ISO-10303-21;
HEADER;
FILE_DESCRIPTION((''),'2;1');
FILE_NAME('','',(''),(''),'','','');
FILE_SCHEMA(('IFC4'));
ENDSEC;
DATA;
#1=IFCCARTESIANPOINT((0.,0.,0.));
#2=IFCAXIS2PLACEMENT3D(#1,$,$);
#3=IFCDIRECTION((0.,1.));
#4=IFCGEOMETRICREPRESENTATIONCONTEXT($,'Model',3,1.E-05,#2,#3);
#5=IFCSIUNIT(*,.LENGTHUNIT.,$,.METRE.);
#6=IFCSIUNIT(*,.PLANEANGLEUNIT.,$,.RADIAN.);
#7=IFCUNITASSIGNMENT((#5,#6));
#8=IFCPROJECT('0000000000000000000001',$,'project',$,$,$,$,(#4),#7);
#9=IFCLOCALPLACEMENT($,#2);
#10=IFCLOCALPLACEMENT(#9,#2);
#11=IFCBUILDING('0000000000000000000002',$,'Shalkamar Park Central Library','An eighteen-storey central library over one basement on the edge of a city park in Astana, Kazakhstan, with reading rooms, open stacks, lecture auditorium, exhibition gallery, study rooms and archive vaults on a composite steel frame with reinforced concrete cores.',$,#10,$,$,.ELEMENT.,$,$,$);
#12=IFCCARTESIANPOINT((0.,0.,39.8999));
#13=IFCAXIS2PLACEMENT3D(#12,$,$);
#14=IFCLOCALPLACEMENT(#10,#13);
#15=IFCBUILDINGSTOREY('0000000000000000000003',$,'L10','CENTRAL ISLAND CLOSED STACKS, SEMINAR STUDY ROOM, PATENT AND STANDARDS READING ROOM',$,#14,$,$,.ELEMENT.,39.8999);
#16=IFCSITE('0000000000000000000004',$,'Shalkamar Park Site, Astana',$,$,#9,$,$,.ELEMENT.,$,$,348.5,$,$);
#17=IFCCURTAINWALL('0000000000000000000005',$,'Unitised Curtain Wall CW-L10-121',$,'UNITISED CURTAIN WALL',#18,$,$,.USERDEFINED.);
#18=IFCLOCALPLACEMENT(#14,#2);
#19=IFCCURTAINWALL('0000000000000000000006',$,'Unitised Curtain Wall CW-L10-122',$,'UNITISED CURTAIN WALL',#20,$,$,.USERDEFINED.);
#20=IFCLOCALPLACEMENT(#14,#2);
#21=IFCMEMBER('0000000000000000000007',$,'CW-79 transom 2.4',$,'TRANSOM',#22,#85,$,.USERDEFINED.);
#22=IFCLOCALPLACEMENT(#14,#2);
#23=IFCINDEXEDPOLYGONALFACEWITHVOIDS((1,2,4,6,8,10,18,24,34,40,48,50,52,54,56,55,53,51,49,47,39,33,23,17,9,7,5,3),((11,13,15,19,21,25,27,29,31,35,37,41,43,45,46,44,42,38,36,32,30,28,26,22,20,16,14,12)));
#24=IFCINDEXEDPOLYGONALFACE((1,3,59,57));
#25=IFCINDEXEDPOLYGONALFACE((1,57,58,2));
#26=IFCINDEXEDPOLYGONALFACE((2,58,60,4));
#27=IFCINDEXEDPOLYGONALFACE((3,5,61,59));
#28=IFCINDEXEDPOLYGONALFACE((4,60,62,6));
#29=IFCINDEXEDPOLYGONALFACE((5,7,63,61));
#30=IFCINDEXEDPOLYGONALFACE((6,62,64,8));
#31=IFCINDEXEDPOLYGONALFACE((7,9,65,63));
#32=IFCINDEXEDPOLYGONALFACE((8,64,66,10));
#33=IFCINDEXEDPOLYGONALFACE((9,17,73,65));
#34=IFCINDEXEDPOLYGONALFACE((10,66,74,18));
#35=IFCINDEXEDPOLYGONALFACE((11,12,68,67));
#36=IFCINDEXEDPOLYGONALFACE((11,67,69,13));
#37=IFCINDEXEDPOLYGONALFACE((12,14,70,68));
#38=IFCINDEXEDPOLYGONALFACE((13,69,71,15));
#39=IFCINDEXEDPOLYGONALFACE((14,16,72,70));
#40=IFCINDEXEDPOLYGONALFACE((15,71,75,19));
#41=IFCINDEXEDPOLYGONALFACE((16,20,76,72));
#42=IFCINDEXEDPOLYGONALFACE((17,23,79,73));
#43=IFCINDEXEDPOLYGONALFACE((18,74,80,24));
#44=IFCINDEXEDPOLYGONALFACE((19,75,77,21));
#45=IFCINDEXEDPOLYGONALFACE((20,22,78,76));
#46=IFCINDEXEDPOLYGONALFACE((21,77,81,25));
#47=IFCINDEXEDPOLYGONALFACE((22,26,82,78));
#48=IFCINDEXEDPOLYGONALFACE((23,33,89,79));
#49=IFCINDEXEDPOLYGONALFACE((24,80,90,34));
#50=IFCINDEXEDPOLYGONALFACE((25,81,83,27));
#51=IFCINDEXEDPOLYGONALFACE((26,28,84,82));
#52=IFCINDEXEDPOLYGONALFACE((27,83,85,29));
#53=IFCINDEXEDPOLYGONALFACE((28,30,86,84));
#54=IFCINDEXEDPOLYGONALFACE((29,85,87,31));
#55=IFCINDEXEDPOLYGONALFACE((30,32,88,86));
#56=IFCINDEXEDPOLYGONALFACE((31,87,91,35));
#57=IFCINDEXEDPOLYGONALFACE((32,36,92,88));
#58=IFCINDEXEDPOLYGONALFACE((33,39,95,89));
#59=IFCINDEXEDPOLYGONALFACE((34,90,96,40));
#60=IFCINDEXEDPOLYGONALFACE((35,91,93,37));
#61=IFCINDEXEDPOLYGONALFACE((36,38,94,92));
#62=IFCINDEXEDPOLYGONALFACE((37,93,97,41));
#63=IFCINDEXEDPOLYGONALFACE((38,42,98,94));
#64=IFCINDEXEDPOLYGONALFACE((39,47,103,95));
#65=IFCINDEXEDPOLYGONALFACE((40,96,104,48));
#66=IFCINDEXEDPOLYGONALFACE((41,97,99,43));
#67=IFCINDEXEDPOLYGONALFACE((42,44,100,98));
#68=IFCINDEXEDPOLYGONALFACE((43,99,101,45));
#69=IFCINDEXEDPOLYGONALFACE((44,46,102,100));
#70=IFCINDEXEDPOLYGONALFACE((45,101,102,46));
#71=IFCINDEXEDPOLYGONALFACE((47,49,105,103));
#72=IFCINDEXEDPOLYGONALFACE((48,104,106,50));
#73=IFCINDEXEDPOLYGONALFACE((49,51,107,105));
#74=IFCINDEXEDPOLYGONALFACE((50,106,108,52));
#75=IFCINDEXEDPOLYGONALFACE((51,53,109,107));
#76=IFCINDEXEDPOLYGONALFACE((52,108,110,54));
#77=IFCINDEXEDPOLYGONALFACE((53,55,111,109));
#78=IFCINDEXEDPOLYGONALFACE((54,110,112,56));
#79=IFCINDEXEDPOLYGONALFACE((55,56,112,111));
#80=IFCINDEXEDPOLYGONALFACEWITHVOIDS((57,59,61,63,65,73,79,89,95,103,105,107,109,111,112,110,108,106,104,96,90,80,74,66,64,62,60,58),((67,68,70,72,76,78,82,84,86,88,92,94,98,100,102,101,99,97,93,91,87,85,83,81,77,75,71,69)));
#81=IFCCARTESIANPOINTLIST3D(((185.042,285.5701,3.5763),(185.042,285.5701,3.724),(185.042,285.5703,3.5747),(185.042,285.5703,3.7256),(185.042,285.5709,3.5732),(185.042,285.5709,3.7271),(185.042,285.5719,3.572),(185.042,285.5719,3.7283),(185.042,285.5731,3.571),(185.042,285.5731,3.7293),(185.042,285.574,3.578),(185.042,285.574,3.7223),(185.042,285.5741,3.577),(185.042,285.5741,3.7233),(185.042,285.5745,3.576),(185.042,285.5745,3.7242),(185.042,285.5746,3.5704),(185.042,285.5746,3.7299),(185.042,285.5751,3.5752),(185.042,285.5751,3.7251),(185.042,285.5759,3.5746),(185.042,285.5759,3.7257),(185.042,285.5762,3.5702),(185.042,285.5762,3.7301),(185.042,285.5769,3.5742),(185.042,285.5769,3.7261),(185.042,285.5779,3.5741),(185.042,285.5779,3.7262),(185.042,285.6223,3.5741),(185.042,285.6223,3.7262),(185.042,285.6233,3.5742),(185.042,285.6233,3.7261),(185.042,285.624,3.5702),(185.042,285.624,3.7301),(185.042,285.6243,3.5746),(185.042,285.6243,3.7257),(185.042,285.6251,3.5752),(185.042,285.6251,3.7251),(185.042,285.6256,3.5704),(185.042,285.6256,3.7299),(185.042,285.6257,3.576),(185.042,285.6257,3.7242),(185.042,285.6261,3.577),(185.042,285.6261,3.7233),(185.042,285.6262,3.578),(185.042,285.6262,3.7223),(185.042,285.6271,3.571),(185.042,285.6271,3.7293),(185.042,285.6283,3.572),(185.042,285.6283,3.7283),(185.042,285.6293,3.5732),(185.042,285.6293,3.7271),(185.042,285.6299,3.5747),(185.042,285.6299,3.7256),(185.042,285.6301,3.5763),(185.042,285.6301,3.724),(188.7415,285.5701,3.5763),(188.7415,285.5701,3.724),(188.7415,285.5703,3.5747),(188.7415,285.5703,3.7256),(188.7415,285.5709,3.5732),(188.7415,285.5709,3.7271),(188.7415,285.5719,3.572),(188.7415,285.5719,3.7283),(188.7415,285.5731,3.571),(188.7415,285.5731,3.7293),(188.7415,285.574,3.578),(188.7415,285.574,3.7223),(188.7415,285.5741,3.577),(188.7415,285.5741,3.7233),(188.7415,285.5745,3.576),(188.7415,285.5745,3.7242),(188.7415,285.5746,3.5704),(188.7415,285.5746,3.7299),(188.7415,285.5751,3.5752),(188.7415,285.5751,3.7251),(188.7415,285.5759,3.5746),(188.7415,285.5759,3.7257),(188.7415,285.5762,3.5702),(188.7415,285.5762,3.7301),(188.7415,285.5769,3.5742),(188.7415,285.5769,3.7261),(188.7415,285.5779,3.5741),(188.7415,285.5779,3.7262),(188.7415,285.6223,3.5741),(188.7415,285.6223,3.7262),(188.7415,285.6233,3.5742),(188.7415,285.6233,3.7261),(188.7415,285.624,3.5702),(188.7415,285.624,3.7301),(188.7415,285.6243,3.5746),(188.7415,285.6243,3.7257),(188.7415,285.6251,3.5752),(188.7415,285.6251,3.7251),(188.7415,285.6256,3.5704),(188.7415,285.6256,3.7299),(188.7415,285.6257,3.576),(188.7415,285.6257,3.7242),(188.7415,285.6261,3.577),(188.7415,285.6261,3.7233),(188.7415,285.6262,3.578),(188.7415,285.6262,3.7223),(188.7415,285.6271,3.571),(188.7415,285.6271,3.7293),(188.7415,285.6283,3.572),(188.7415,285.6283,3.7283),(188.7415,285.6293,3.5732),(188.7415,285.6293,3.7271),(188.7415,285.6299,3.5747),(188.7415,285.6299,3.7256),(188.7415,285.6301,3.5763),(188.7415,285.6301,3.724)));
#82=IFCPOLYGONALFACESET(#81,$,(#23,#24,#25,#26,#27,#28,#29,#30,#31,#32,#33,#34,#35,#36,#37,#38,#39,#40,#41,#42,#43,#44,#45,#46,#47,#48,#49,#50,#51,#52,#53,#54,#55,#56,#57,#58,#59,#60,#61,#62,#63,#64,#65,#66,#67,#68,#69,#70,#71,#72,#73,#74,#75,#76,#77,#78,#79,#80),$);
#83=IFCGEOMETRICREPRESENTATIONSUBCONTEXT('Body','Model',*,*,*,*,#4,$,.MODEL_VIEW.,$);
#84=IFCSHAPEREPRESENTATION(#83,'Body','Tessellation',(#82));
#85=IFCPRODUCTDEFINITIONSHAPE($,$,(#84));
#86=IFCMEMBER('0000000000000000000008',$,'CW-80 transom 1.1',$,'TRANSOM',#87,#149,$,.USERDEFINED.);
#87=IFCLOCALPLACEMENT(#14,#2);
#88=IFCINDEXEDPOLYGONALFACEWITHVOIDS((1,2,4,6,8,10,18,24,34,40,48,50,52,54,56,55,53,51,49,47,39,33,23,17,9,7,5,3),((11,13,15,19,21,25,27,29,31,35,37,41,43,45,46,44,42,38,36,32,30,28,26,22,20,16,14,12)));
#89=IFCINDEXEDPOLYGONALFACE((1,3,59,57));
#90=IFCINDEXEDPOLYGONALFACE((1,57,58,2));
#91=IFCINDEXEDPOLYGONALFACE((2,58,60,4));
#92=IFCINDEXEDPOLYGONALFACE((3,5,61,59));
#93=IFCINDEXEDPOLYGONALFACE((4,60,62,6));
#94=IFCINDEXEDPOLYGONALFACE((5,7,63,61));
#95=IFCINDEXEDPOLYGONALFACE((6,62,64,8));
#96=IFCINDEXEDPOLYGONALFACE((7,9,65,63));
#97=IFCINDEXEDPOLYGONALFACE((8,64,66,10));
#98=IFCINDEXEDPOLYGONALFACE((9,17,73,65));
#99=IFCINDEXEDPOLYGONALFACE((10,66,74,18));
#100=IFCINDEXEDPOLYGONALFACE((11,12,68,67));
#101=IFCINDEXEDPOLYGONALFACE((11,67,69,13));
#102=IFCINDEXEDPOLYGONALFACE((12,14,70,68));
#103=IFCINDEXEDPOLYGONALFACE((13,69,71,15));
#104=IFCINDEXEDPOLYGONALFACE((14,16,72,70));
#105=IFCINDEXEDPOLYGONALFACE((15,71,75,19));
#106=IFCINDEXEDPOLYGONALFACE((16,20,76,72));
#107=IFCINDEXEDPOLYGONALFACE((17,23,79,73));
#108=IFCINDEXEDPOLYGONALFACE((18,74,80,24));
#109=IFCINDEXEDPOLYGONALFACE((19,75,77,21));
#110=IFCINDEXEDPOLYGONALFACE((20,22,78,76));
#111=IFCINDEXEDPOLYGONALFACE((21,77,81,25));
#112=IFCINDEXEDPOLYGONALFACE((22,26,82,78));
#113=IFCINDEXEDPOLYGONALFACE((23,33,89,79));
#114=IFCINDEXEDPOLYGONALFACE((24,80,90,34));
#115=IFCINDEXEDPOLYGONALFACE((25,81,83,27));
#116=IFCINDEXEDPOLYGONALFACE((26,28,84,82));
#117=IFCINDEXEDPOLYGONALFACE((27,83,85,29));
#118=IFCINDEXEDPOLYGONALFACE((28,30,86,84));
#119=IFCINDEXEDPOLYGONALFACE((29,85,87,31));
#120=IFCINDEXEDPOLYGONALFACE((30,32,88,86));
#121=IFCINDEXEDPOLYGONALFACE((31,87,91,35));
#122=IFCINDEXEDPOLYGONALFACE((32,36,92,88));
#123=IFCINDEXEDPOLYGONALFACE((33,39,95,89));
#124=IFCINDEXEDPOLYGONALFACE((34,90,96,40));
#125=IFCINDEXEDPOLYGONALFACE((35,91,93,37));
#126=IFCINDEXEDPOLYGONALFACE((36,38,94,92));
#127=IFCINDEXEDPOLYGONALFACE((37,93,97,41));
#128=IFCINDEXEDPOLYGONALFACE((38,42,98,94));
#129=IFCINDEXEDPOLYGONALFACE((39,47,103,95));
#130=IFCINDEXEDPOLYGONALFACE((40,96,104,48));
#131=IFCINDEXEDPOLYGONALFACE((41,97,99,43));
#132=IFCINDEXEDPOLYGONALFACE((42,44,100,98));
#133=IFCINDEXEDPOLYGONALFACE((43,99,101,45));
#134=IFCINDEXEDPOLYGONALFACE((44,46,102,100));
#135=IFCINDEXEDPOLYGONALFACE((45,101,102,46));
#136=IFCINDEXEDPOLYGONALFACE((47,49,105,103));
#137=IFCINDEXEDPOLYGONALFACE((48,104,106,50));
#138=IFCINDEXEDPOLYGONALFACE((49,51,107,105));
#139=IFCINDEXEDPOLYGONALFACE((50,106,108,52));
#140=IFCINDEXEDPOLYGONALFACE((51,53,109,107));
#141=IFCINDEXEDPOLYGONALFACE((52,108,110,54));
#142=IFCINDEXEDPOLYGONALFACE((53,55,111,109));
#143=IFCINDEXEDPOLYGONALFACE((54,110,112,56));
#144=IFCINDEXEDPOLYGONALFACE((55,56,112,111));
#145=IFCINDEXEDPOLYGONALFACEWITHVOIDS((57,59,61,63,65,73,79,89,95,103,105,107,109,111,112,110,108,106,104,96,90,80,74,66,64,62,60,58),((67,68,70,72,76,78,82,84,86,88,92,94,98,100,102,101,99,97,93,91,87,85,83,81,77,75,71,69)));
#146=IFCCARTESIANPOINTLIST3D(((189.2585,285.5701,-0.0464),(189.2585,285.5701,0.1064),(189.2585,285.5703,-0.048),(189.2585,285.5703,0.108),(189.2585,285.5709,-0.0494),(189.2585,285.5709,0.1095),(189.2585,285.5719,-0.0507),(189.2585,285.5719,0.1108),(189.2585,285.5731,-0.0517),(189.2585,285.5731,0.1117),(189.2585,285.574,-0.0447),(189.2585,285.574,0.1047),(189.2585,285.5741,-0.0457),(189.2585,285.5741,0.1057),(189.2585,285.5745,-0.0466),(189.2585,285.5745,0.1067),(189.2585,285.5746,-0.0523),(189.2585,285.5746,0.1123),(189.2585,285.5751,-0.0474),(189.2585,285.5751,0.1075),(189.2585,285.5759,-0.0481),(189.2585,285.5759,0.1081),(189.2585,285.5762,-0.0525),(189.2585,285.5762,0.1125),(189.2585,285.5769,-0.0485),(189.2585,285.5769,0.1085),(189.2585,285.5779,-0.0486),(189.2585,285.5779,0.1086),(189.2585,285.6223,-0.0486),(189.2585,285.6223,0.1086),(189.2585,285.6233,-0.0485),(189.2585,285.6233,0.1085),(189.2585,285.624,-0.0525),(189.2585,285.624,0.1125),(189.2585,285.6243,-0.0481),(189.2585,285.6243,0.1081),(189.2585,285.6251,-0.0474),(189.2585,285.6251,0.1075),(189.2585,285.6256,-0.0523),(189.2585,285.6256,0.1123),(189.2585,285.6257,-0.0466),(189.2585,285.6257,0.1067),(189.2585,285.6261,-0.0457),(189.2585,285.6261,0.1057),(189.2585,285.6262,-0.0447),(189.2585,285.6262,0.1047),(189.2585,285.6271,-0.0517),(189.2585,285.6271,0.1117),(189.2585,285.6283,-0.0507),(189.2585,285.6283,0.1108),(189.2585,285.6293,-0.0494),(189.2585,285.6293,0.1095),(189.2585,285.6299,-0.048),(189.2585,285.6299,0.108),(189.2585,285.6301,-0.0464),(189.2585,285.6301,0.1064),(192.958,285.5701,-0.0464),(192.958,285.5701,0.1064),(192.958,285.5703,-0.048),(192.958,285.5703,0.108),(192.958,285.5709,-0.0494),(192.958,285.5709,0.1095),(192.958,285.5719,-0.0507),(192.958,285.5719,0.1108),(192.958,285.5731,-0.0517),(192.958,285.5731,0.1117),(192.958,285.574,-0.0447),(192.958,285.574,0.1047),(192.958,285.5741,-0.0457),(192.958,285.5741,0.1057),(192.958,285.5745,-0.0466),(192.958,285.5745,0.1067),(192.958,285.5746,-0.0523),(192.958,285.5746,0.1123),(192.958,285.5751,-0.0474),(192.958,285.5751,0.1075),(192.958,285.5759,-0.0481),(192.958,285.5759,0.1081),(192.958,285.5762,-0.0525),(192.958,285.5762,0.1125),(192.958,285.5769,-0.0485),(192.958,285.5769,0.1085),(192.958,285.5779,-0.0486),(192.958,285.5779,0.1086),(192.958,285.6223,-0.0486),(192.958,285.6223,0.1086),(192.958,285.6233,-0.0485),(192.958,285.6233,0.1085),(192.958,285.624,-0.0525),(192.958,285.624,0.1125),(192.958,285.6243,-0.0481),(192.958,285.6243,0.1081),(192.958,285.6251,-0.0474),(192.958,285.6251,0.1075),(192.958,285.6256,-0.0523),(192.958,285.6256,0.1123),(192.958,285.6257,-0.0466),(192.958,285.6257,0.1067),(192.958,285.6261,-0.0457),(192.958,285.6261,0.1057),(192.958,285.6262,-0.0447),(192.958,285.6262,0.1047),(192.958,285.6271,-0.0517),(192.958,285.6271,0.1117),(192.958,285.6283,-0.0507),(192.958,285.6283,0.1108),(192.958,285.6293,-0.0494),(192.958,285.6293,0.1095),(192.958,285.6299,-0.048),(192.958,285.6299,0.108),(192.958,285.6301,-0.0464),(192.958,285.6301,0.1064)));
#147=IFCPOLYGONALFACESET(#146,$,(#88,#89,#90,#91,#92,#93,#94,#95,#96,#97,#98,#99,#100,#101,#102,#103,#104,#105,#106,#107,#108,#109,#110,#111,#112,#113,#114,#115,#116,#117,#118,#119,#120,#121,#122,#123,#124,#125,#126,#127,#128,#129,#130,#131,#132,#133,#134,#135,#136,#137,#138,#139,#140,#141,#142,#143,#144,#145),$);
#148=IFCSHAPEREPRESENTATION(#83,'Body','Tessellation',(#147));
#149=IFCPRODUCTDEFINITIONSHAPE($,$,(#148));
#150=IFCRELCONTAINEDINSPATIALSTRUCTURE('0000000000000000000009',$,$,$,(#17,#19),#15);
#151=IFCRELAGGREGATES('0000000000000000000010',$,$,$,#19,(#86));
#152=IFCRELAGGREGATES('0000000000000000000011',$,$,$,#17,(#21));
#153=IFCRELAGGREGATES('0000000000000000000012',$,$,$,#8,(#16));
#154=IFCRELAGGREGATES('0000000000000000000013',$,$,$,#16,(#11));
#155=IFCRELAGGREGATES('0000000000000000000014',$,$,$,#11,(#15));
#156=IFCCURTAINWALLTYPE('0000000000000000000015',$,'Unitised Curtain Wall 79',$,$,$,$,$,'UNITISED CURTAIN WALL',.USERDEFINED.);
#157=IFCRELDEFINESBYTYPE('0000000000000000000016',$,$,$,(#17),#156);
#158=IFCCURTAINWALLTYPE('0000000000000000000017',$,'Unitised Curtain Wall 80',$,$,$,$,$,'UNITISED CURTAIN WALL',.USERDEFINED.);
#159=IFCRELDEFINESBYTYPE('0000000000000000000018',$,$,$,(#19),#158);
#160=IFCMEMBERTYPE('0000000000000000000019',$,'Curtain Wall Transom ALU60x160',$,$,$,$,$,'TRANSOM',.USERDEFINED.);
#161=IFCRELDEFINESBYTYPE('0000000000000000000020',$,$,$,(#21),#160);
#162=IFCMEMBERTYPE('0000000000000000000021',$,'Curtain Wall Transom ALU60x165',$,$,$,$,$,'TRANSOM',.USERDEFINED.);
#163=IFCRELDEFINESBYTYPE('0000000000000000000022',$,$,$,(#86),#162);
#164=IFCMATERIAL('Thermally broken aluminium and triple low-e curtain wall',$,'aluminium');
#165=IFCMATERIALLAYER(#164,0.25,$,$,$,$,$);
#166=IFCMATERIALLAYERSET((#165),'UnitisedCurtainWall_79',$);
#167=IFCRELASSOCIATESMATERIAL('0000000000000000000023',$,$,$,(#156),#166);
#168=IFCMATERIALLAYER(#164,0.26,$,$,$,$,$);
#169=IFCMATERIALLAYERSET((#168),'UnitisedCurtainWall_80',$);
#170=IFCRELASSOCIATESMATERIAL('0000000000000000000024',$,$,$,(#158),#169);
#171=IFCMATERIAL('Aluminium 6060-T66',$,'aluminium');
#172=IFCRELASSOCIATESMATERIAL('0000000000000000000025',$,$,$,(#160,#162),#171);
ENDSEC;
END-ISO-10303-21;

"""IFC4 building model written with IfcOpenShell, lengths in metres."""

from ifc_helpers import new_model, si_unit, direction, frame, origin, origin_2d, place, context, subcontext, project, spatial, hollow_rectangle, extrude, material, layer, layer_set, material_profile, profile_set, type_object, element, aggregate, save


model = new_model("IFC4")

# Units and contexts
model_context = context("Model", 3, precision=1e-05, world=origin(), true_north=direction((0.0, 1.0)))
body_context = subcontext(model_context, "Body", "Model", "MODEL_VIEW")
ifc_project = project(units=[si_unit("LENGTHUNIT", "METRE"), si_unit("PLANEANGLEUNIT", "RADIAN")], contexts=[model_context])

# Site, building, storey
site_placement = place(None, origin())
site = spatial("IfcSite", under=ifc_project, at=site_placement, Name="Shalkamar Park Site, Astana", CompositionType="ELEMENT", RefElevation=348.5)
building_placement = place(site_placement, origin())
building = spatial("IfcBuilding", under=site, at=building_placement, Name="Shalkamar Park Central Library", Description="An eighteen-storey central library over one basement on the edge of a city park in Astana, Kazakhstan, with reading rooms, open stacks, lecture auditorium, exhibition gallery, study rooms and archive vaults on a composite steel frame with reinforced concrete cores.", CompositionType="ELEMENT")
storey_placement = place(building_placement, frame((0.0, 0.0, 39.8999)))
storey = spatial("IfcBuildingStorey", under=building, at=storey_placement, Name="L10", Description="CENTRAL ISLAND CLOSED STACKS, SEMINAR STUDY ROOM, PATENT AND STANDARDS READING ROOM", CompositionType="ELEMENT", Elevation=39.8999)

# Curtain wall
ifc_material_1 = material(Name="Thermally broken aluminium and triple low-e curtain wall", Category="aluminium")
ifc_layer_1 = layer(ifc_material_1, 0.25)
ifc_layer_set_1 = layer_set([ifc_layer_1], Name="UnitisedCurtainWall_79")
curtain_wall_type_1 = type_object("IfcCurtainWallType", Name="Unitised Curtain Wall 79", ElementType="UNITISED CURTAIN WALL", PredefinedType="USERDEFINED", material=ifc_layer_set_1)
curtain_wall_1_placement = place(storey_placement, origin())
curtain_wall_1 = element("IfcCurtainWall", 1, at=curtain_wall_1_placement, inside=storey, type_object=curtain_wall_type_1, Name="Unitised Curtain Wall CW-L10-121", ObjectType="UNITISED CURTAIN WALL", PredefinedType="USERDEFINED")
ifc_material_2 = material(Name="Aluminium 6060-T66", Category="aluminium")

# Curtain wall
ifc_layer_2 = layer(ifc_material_1, 0.26)
ifc_layer_set_2 = layer_set([ifc_layer_2], Name="UnitisedCurtainWall_80")
curtain_wall_type_2 = type_object("IfcCurtainWallType", Name="Unitised Curtain Wall 80", ElementType="UNITISED CURTAIN WALL", PredefinedType="USERDEFINED", material=ifc_layer_set_2)
curtain_wall_2_placement = place(storey_placement, origin())
curtain_wall_2 = element("IfcCurtainWall", 2, at=curtain_wall_2_placement, inside=storey, type_object=curtain_wall_type_2, Name="Unitised Curtain Wall CW-L10-122", ObjectType="UNITISED CURTAIN WALL", PredefinedType="USERDEFINED")

# Members
ifc_material_profile_1 = material_profile(ifc_material_2, hollow_rectangle(XDim=0.0601, YDim=0.1599, WallThickness=0.0039, InnerFilletRadius=0.0039, OuterFilletRadius=0.0061, at=origin_2d()), Name="ALU 60x160x4")
ifc_profile_set_1 = profile_set([ifc_material_profile_1], Name="Aluminium 6060-T66")
member_type_1 = type_object("IfcMemberType", Name="Curtain Wall Transom ALU60x160", ElementType="TRANSOM", PredefinedType="USERDEFINED", material=ifc_profile_set_1)
member_1_placement = place(storey_placement, frame((185.042, 285.6001, 3.6501), z_axis=(1.0, 0.0, 0.0), x_axis=(0.0, 1.0, 0.0)))
member_1 = element("IfcMember", 3, at=member_1_placement, type_object=member_type_1, Name="CW-79 transom 2.4", ObjectType="TRANSOM", PredefinedType="USERDEFINED", context=body_context, shape_type="SweptSolid", body=[
    extrude(hollow_rectangle(XDim=0.0601, YDim=0.1599, WallThickness=0.0039, InnerFilletRadius=0.0039, OuterFilletRadius=0.0061, at=origin_2d()), origin(), (0.0, 0.0, 1.0), 3.6995),
])
ifc_material_profile_2 = material_profile(ifc_material_2, hollow_rectangle(XDim=0.0601, YDim=0.165, WallThickness=0.0039, InnerFilletRadius=0.0039, OuterFilletRadius=0.0061, at=origin_2d()), Name="ALU 60x165x4")
ifc_profile_set_2 = profile_set([ifc_material_profile_2], Name="Aluminium 6060-T66")
member_type_2 = type_object("IfcMemberType", Name="Curtain Wall Transom ALU60x165", ElementType="TRANSOM", PredefinedType="USERDEFINED", material=ifc_profile_set_2)
member_2_placement = place(storey_placement, frame((189.2585, 285.6001, 0.03), z_axis=(1.0, 0.0, 0.0), x_axis=(0.0, 1.0, 0.0)))
member_2 = element("IfcMember", 4, at=member_2_placement, type_object=member_type_2, Name="CW-80 transom 1.1", ObjectType="TRANSOM", PredefinedType="USERDEFINED", context=body_context, shape_type="SweptSolid", body=[
    extrude(hollow_rectangle(XDim=0.0601, YDim=0.165, WallThickness=0.0039, InnerFilletRadius=0.0039, OuterFilletRadius=0.0061, at=origin_2d()), origin(), (0.0, 0.0, 1.0), 3.6995),
])

aggregate(curtain_wall_2, [member_2])
aggregate(curtain_wall_1, [member_1])

save(model, "model.ifc")
